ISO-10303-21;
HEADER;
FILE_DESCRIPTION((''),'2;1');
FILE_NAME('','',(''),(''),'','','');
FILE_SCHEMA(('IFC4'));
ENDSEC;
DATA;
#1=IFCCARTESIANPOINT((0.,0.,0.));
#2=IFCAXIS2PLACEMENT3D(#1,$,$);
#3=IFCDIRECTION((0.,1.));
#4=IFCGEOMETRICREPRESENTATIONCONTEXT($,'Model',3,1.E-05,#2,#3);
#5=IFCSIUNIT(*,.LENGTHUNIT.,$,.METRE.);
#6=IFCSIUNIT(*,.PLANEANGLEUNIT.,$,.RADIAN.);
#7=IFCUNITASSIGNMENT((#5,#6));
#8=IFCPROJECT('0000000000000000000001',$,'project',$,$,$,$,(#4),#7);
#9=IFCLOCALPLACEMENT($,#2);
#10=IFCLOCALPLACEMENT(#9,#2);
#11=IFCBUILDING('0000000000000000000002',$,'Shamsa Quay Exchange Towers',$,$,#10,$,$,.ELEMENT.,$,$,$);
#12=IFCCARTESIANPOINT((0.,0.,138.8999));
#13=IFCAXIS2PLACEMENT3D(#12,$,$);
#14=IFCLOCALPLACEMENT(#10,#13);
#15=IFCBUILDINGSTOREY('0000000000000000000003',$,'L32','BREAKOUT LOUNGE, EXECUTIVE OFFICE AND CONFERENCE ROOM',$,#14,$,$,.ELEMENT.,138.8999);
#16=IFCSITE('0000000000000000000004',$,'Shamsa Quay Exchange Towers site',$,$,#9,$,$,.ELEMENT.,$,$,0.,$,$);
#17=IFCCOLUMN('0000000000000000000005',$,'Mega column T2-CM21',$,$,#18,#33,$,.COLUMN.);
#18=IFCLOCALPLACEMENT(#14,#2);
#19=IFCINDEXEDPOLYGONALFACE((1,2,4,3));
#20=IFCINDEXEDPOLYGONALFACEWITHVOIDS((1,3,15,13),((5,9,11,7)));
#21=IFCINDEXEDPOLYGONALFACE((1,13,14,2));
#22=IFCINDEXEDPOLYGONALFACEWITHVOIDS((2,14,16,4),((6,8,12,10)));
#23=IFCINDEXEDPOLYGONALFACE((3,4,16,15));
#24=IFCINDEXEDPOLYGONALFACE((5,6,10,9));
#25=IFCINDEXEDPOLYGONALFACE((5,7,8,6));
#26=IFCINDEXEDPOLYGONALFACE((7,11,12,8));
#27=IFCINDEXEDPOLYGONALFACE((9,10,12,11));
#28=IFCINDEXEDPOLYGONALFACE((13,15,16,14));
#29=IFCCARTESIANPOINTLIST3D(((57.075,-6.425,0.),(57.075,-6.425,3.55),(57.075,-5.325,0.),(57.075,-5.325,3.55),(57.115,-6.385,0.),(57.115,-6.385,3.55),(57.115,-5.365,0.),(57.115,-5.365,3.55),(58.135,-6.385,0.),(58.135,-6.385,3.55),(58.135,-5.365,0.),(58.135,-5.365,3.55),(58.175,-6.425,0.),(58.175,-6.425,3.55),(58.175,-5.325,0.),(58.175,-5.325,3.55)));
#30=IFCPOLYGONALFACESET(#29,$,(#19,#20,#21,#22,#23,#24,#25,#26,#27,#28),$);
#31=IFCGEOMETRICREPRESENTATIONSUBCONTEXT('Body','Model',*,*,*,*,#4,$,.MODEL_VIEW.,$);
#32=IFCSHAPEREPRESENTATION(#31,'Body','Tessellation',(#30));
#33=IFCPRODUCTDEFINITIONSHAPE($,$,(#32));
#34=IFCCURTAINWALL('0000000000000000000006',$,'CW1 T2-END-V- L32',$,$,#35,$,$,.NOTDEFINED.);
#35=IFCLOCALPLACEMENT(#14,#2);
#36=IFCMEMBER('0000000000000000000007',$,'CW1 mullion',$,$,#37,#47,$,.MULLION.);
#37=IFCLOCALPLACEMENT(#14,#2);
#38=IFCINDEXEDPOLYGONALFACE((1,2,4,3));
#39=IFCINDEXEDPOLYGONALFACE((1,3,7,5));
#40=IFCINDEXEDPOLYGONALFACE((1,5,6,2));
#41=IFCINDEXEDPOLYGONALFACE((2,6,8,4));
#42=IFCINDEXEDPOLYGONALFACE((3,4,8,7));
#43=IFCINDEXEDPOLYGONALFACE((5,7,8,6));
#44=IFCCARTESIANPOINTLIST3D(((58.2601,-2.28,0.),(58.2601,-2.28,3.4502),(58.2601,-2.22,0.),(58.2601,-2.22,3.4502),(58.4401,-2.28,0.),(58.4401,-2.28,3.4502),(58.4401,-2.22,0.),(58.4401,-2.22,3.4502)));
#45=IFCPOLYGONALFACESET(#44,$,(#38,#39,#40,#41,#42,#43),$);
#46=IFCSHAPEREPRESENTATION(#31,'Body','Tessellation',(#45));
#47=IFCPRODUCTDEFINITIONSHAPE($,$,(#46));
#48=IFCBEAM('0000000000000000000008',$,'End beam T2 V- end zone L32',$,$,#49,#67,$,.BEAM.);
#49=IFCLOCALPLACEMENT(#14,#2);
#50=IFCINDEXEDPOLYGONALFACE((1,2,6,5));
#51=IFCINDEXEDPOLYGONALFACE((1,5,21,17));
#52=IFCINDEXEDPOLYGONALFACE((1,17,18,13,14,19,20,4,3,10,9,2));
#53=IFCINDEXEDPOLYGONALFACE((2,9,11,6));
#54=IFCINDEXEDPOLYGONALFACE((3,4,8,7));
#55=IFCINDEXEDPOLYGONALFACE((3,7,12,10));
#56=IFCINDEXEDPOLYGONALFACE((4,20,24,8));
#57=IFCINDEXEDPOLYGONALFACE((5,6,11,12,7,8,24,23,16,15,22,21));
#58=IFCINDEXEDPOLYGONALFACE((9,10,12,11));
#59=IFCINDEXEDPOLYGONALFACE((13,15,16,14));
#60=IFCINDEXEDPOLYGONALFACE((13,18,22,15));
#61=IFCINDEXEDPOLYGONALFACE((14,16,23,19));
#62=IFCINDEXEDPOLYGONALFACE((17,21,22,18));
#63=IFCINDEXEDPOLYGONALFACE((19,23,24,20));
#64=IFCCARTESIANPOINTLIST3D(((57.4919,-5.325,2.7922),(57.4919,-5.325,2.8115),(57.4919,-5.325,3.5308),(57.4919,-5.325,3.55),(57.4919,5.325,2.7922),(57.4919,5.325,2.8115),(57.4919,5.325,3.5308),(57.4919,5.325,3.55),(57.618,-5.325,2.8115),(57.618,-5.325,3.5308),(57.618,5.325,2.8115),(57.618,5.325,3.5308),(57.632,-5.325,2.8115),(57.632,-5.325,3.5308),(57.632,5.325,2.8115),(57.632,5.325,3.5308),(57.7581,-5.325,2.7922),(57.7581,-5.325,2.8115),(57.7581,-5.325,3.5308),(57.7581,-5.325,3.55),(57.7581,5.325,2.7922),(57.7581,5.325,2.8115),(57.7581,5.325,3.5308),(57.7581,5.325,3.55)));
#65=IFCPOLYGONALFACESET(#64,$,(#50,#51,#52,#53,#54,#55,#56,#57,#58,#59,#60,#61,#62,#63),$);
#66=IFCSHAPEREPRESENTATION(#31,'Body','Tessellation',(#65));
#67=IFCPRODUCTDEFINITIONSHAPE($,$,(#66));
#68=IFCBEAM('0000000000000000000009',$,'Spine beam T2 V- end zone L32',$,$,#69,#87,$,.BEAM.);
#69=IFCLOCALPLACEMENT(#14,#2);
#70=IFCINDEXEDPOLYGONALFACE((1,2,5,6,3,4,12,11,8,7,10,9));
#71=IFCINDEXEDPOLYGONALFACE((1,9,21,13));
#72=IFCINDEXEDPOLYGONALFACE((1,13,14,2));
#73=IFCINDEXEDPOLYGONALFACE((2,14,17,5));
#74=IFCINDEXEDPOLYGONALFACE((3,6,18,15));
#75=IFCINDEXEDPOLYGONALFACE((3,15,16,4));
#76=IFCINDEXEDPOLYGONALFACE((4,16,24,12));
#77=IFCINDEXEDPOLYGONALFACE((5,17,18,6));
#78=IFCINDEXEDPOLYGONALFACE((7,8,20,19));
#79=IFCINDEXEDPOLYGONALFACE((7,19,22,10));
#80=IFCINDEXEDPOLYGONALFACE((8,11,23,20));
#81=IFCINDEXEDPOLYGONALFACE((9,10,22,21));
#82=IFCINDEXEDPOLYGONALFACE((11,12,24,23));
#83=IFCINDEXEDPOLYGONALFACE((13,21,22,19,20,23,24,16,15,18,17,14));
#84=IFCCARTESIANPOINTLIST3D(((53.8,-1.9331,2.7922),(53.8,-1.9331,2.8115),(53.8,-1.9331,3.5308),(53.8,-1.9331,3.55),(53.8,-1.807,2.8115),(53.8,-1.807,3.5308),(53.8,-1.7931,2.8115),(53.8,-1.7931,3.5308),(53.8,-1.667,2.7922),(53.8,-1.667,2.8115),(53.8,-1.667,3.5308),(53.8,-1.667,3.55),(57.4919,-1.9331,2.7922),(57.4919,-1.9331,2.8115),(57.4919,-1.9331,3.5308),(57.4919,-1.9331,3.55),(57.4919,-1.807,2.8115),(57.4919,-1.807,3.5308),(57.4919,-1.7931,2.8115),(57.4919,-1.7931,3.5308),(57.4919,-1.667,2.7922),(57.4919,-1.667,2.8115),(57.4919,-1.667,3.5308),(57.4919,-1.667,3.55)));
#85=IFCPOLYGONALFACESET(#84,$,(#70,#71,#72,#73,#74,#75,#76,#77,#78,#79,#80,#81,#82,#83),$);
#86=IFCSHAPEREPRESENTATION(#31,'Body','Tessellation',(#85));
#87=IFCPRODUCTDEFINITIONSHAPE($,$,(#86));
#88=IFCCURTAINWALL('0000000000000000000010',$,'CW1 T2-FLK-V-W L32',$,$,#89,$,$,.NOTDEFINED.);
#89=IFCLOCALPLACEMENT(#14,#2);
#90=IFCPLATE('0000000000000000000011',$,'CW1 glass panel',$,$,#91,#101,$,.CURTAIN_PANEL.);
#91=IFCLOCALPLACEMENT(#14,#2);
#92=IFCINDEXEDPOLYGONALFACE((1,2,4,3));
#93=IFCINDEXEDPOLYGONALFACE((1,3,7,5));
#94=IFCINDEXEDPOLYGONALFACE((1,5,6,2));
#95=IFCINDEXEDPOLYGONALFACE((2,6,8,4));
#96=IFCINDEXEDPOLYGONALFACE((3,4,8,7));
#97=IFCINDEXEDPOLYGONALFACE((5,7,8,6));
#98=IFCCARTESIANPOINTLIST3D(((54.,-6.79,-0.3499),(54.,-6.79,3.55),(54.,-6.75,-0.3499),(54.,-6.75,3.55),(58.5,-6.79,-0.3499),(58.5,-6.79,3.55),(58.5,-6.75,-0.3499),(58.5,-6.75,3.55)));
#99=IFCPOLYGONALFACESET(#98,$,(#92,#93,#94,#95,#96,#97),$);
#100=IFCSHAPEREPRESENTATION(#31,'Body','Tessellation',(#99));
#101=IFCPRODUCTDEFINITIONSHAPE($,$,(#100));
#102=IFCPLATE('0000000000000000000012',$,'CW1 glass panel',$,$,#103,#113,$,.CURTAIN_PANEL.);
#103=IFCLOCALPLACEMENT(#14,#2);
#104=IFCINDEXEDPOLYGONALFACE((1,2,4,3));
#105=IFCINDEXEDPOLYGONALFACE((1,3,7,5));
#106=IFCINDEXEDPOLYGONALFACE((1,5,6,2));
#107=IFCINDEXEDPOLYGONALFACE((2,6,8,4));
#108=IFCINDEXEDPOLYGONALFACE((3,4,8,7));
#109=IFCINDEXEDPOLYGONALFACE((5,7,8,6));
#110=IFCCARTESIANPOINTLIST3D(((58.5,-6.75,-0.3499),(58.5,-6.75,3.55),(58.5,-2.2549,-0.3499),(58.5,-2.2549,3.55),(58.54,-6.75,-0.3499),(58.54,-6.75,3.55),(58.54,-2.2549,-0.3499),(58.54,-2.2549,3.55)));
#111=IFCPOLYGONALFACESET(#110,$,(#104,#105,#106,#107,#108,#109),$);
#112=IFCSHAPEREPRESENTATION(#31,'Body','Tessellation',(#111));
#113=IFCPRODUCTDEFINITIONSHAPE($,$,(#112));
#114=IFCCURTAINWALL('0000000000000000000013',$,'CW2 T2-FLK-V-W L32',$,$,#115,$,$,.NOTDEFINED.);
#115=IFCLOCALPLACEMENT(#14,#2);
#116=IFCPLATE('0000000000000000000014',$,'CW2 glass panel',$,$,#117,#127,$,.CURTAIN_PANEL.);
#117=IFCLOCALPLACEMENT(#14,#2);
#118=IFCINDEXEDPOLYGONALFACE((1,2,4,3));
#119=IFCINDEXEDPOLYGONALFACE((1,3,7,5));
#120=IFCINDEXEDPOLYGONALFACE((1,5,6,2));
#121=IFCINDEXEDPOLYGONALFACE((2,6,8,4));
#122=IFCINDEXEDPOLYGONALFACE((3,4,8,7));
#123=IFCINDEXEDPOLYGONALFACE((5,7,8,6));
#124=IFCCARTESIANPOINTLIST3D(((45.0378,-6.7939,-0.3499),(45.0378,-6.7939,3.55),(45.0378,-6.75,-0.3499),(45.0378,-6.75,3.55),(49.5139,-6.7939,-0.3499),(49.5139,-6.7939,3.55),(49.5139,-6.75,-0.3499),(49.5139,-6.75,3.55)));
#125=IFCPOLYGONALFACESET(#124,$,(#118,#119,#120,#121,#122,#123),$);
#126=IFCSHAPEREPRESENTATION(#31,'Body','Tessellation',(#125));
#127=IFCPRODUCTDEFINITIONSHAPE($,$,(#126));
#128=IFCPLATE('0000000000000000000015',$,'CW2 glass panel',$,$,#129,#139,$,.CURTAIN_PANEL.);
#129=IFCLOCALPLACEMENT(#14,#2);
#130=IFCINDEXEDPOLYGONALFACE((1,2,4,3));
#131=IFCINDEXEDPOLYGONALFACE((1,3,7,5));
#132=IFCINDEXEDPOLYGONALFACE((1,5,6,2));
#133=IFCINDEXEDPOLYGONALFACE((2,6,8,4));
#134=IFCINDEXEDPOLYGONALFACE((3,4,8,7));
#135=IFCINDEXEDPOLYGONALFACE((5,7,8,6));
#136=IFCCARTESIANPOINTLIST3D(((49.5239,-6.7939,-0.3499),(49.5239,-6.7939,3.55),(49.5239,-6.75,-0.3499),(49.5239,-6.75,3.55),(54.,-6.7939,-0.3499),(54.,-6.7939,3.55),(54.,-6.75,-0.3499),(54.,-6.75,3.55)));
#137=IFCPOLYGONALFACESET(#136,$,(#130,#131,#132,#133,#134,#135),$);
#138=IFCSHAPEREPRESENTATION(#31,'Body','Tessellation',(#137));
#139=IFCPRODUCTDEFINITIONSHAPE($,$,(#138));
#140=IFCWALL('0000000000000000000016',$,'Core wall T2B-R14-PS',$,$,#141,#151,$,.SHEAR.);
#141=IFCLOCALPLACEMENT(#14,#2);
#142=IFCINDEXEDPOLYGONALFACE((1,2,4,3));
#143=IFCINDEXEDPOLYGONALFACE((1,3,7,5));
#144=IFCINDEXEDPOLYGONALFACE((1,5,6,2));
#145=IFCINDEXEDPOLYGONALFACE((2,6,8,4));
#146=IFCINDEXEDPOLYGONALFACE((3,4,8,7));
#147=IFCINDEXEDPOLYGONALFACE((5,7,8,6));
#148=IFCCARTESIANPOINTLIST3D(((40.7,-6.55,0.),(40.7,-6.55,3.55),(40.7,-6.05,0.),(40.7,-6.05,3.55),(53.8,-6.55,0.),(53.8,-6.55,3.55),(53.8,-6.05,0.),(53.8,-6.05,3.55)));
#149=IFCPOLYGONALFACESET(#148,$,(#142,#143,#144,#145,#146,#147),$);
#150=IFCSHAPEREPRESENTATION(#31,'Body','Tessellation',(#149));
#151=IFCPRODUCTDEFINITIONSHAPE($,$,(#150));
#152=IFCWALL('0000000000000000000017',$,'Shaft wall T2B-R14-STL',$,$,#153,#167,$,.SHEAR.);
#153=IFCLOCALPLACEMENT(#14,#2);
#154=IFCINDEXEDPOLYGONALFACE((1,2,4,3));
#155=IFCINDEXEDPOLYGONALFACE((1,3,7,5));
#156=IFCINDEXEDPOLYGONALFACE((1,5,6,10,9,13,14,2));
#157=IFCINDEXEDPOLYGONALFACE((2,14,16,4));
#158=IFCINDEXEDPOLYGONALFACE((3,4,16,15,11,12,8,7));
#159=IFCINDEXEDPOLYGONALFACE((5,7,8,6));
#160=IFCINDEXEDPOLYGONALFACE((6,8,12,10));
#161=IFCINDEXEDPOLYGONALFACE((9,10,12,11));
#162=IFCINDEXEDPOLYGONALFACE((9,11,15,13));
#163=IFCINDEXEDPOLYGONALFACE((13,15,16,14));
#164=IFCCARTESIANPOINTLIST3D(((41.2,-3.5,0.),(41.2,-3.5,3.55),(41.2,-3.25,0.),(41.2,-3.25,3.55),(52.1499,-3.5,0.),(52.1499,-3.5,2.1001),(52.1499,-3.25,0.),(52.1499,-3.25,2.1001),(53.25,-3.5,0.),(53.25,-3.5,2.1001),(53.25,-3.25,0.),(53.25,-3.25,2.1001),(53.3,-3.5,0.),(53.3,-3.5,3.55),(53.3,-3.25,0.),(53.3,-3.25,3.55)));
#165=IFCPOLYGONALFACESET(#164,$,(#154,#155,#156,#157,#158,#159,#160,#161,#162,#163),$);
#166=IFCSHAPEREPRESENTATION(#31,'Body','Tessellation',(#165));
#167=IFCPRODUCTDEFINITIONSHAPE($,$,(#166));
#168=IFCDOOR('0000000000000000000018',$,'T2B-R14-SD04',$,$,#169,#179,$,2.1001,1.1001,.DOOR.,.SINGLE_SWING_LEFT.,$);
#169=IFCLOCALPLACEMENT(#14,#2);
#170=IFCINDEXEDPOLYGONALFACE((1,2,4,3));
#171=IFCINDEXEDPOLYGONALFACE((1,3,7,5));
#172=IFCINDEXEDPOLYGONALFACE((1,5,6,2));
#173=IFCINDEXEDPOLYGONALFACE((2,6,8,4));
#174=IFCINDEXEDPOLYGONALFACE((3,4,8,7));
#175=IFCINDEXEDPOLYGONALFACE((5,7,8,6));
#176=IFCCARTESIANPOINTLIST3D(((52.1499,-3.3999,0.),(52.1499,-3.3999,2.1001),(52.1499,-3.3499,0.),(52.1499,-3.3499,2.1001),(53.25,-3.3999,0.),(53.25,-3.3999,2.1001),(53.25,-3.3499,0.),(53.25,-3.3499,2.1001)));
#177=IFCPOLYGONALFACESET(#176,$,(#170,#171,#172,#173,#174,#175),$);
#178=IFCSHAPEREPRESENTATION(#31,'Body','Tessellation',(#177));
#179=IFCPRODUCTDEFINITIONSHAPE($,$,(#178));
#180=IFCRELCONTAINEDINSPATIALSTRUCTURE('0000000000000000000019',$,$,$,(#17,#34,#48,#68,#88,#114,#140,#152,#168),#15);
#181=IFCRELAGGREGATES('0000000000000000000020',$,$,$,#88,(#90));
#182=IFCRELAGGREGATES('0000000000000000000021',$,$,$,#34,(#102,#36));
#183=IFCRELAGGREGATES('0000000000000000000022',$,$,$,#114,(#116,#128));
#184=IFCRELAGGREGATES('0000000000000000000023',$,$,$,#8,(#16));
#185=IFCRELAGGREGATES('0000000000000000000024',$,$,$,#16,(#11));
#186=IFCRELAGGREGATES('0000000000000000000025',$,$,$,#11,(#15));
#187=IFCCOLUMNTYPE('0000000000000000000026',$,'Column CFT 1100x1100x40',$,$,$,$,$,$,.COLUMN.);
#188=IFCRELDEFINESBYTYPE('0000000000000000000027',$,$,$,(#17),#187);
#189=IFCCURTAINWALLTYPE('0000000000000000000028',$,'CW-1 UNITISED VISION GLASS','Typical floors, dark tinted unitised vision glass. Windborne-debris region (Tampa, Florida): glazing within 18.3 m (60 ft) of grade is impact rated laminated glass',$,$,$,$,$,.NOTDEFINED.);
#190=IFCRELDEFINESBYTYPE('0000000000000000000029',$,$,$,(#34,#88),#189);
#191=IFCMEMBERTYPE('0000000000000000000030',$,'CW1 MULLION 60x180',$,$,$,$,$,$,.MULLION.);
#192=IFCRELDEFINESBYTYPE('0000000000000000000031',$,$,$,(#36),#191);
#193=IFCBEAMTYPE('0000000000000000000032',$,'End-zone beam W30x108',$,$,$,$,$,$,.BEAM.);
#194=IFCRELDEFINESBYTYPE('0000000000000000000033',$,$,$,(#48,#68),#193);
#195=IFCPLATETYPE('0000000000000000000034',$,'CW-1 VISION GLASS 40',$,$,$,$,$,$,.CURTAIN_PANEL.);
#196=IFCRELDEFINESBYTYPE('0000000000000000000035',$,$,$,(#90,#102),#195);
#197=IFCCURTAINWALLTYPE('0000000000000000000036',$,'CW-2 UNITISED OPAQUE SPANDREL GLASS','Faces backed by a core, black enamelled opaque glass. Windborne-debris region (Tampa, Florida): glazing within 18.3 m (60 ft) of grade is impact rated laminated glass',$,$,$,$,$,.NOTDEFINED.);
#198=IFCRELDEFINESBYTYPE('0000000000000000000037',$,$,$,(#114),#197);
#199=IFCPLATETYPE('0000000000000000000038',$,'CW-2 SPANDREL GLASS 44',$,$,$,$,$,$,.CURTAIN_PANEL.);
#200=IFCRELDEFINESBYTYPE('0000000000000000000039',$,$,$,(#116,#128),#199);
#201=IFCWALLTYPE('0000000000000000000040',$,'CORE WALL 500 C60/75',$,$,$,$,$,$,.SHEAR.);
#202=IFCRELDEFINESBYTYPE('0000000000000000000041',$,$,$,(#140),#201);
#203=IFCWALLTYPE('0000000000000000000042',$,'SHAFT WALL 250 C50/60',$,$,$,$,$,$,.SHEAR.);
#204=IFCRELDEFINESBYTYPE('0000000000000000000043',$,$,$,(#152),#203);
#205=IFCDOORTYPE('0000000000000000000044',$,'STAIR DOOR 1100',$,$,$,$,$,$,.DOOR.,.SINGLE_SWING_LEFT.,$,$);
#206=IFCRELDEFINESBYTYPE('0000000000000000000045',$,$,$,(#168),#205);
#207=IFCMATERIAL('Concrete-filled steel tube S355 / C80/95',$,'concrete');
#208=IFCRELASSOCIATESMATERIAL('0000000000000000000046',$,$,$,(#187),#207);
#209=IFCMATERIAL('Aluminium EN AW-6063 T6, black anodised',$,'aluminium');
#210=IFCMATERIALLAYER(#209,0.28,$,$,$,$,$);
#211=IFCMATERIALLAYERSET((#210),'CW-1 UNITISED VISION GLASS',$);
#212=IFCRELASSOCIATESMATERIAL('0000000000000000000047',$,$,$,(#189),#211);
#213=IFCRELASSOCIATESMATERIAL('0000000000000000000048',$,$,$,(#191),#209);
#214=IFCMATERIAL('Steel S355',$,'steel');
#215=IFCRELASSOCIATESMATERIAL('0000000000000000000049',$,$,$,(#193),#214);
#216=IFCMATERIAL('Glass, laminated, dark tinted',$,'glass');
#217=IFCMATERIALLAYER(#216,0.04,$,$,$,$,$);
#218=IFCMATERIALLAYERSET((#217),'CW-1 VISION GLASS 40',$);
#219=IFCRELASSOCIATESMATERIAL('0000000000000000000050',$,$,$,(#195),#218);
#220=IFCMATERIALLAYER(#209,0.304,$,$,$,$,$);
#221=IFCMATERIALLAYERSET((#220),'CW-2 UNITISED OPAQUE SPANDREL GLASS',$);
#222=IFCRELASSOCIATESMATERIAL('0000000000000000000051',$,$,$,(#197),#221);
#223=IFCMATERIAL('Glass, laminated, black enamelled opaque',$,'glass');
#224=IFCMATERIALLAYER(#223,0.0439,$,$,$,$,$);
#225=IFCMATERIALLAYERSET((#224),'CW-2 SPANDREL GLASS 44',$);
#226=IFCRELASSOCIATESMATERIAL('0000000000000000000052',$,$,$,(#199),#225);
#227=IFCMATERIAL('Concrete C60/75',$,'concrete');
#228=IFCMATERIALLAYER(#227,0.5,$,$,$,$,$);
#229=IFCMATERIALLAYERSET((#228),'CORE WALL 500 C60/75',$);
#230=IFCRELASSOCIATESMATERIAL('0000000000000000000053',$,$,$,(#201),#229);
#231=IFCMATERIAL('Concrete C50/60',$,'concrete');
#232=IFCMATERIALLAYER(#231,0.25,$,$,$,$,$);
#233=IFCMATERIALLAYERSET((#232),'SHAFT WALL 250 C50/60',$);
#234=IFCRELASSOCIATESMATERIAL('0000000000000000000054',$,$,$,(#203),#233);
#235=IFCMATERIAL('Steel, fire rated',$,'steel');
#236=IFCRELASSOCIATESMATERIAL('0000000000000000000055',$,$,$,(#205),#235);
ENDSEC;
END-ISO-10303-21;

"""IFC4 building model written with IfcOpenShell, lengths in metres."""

from ifc_helpers import new_model, si_unit, direction, frame, frame_2d, origin, origin_2d, place, context, subcontext, project, spatial, rectangle, hollow_rectangle, i_section, extrude, material, layer, layer_set, material_profile, profile_set, type_object, element, fill, aggregate, save


model = new_model("IFC4")

# Units and contexts
model_context = context("Model", 3, precision=1e-05, world=origin(), true_north=direction((0.0, 1.0)))
body_context = subcontext(model_context, "Body", "Model", "MODEL_VIEW")
ifc_project = project(units=[si_unit("LENGTHUNIT", "METRE"), si_unit("PLANEANGLEUNIT", "RADIAN")], contexts=[model_context])

# Site, building, storey
site_placement = place(None, origin())
site = spatial("IfcSite", under=ifc_project, at=site_placement, Name="Shamsa Quay Exchange Towers site", CompositionType="ELEMENT", RefElevation=0.0)
building_placement = place(site_placement, origin())
building = spatial("IfcBuilding", under=site, at=building_placement, Name="Shamsa Quay Exchange Towers", CompositionType="ELEMENT")
storey_placement = place(building_placement, frame((0.0, 0.0, 138.8999)))
storey = spatial("IfcBuildingStorey", under=building, at=storey_placement, Name="L32", Description="BREAKOUT LOUNGE, EXECUTIVE OFFICE AND CONFERENCE ROOM", CompositionType="ELEMENT", Elevation=138.8999)

# Column
ifc_material_1 = material(Name="Concrete-filled steel tube S355 / C80/95", Category="concrete")
ifc_material_profile_1 = material_profile(ifc_material_1, hollow_rectangle(XDim=1.1001, YDim=1.1001, WallThickness=0.04, at=origin_2d()), Name="CFT 1100x1100x40")
ifc_profile_set_1 = profile_set([ifc_material_profile_1], Name="Concrete-filled steel tube S355 / C80/95")
column_type = type_object("IfcColumnType", Name="Column CFT 1100x1100x40", PredefinedType="COLUMN", material=ifc_profile_set_1)
column_placement = place(storey_placement, frame((57.625, -5.875, 0.0)))
element("IfcColumn", 1, at=column_placement, inside=storey, type_object=column_type, Name="Mega column T2-CM21", PredefinedType="COLUMN", context=body_context, shape_type="SweptSolid", body=[
    extrude(hollow_rectangle(XDim=1.1001, YDim=1.1001, WallThickness=0.04, at=origin_2d()), origin(), (0.0, 0.0, 1.0), 3.55),
])

# Curtain wall, member
ifc_material_2 = material(Name="Aluminium EN AW-6063 T6, black anodised", Category="aluminium")
ifc_layer_1 = layer(ifc_material_2, 0.28)
ifc_layer_set_1 = layer_set([ifc_layer_1], Name="CW-1 UNITISED VISION GLASS")
curtain_wall_type_1 = type_object("IfcCurtainWallType", Name="CW-1 UNITISED VISION GLASS", Description="Typical floors, dark tinted unitised vision glass. Windborne-debris region (Tampa, Florida): glazing within 18.3 m (60 ft) of grade is impact rated laminated glass", PredefinedType="NOTDEFINED", material=ifc_layer_set_1)
curtain_wall_1_placement = place(storey_placement, origin())
curtain_wall_1 = element("IfcCurtainWall", 2, at=curtain_wall_1_placement, inside=storey, type_object=curtain_wall_type_1, Name="CW1 T2-END-V- L32", PredefinedType="NOTDEFINED")
ifc_material_profile_2 = material_profile(ifc_material_2, rectangle(XDim=0.1799, YDim=0.0601, at=origin_2d()), Name="MU60x180")
ifc_profile_set_2 = profile_set([ifc_material_profile_2], Name="Aluminium EN AW-6063 T6, black anodised")
member_type = type_object("IfcMemberType", Name="CW1 MULLION 60x180", PredefinedType="MULLION", material=ifc_profile_set_2)
member_placement = place(storey_placement, frame((58.3501, -2.25, 0.0), z_axis=(0.0, 0.0, 1.0), x_axis=(-1.0, 0.0, 0.0)))
member = element("IfcMember", 3, at=member_placement, type_object=member_type, Name="CW1 mullion", PredefinedType="MULLION", context=body_context, shape_type="SweptSolid", body=[
    extrude(rectangle(XDim=0.1799, YDim=0.0601, at=origin_2d()), origin(), (0.0, 0.0, 1.0), 3.4502),
])

# Beams
ifc_material_3 = material(Name="Steel S355", Category="steel")
ifc_material_profile_3 = material_profile(ifc_material_3, i_section(OverallWidth=0.2661, OverallDepth=0.7578, WebThickness=0.0139, FlangeThickness=0.0193, at=origin_2d()), Name="W30x108")
ifc_profile_set_3 = profile_set([ifc_material_profile_3], Name="Steel S355")
beam_type = type_object("IfcBeamType", Name="End-zone beam W30x108", PredefinedType="BEAM", material=ifc_profile_set_3)
beam_1_placement = place(storey_placement, frame((57.625, -5.325, 3.1711), z_axis=(0.0, 1.0, 0.0), x_axis=(-1.0, 0.0, 0.0)))
element("IfcBeam", 4, at=beam_1_placement, inside=storey, type_object=beam_type, Name="End beam T2 V- end zone L32", PredefinedType="BEAM", context=body_context, shape_type="SweptSolid", body=[
    extrude(i_section(OverallWidth=0.2661, OverallDepth=0.7578, WebThickness=0.0139, FlangeThickness=0.0193, at=origin_2d()), origin(), (0.0, 0.0, 1.0), 10.6499),
])
beam_2_placement = place(storey_placement, frame((53.8, -1.8, 3.1711), z_axis=(1.0, 0.0, 0.0), x_axis=(0.0, 1.0, 0.0)))
element("IfcBeam", 5, at=beam_2_placement, inside=storey, type_object=beam_type, Name="Spine beam T2 V- end zone L32", PredefinedType="BEAM", context=body_context, shape_type="SweptSolid", body=[
    extrude(i_section(OverallWidth=0.2661, OverallDepth=0.7578, WebThickness=0.0139, FlangeThickness=0.0193, at=origin_2d()), origin(), (0.0, 0.0, 1.0), 3.6919),
])

# Curtain wall, plate
curtain_wall_2_placement = place(storey_placement, origin())
curtain_wall_2 = element("IfcCurtainWall", 6, at=curtain_wall_2_placement, inside=storey, type_object=curtain_wall_type_1, Name="CW1 T2-FLK-V-W L32", PredefinedType="NOTDEFINED")
ifc_material_4 = material(Name="Glass, laminated, dark tinted", Category="glass")
ifc_layer_2 = layer(ifc_material_4, 0.04)
ifc_layer_set_2 = layer_set([ifc_layer_2], Name="CW-1 VISION GLASS 40")
plate_type_1 = type_object("IfcPlateType", Name="CW-1 VISION GLASS 40", PredefinedType="CURTAIN_PANEL", material=ifc_layer_set_2)
plate_1_placement = place(storey_placement, frame((56.25, -6.77, -0.3499)))
plate_1 = element("IfcPlate", 7, at=plate_1_placement, type_object=plate_type_1, Name="CW1 glass panel", PredefinedType="CURTAIN_PANEL", context=body_context, shape_type="SweptSolid", body=[
    extrude(rectangle(XDim=4.5, YDim=0.04, at=origin_2d()), origin(), (0.0, 0.0, 1.0), 3.8999),
])
aggregate(curtain_wall_2, [plate_1])

# Plate
plate_2_placement = place(storey_placement, frame((58.52, -4.5024, -0.3499), z_axis=(0.0, 0.0, 1.0), x_axis=(0.0, 1.0, 0.0)))
plate_2 = element("IfcPlate", 8, at=plate_2_placement, type_object=plate_type_1, Name="CW1 glass panel", PredefinedType="CURTAIN_PANEL", context=body_context, shape_type="SweptSolid", body=[
    extrude(rectangle(XDim=4.4951, YDim=0.04, at=origin_2d()), origin(), (0.0, 0.0, 1.0), 3.8999),
])
aggregate(curtain_wall_1, [plate_2, member])

# Curtain wall, plates
ifc_layer_3 = layer(ifc_material_2, 0.304)
ifc_layer_set_3 = layer_set([ifc_layer_3], Name="CW-2 UNITISED OPAQUE SPANDREL GLASS")
curtain_wall_type_2 = type_object("IfcCurtainWallType", Name="CW-2 UNITISED OPAQUE SPANDREL GLASS", Description="Faces backed by a core, black enamelled opaque glass. Windborne-debris region (Tampa, Florida): glazing within 18.3 m (60 ft) of grade is impact rated laminated glass", PredefinedType="NOTDEFINED", material=ifc_layer_set_3)
curtain_wall_3_placement = place(storey_placement, origin())
curtain_wall_3 = element("IfcCurtainWall", 9, at=curtain_wall_3_placement, inside=storey, type_object=curtain_wall_type_2, Name="CW2 T2-FLK-V-W L32", PredefinedType="NOTDEFINED")
ifc_material_5 = material(Name="Glass, laminated, black enamelled opaque", Category="glass")
ifc_layer_4 = layer(ifc_material_5, 0.0439)
ifc_layer_set_4 = layer_set([ifc_layer_4], Name="CW-2 SPANDREL GLASS 44")
plate_type_2 = type_object("IfcPlateType", Name="CW-2 SPANDREL GLASS 44", PredefinedType="CURTAIN_PANEL", material=ifc_layer_set_4)
plate_3_placement = place(storey_placement, frame((47.2759, -6.772, -0.3499)))
plate_3 = element("IfcPlate", 10, at=plate_3_placement, type_object=plate_type_2, Name="CW2 glass panel", PredefinedType="CURTAIN_PANEL", context=body_context, shape_type="SweptSolid", body=[
    extrude(rectangle(XDim=4.4761, YDim=0.0439, at=origin_2d()), origin(), (0.0, 0.0, 1.0), 3.8999),
])
plate_4_placement = place(storey_placement, frame((51.762, -6.772, -0.3499)))
plate_4 = element("IfcPlate", 11, at=plate_4_placement, type_object=plate_type_2, Name="CW2 glass panel", PredefinedType="CURTAIN_PANEL", context=body_context, shape_type="SweptSolid", body=[
    extrude(rectangle(XDim=4.4761, YDim=0.0439, at=origin_2d()), origin(), (0.0, 0.0, 1.0), 3.8999),
])
aggregate(curtain_wall_3, [plate_3, plate_4])

# Wall
ifc_material_6 = material(Name="Concrete C60/75", Category="concrete")
ifc_layer_5 = layer(ifc_material_6, 0.5)
ifc_layer_set_5 = layer_set([ifc_layer_5], Name="CORE WALL 500 C60/75")
wall_type_1 = type_object("IfcWallType", Name="CORE WALL 500 C60/75", PredefinedType="SHEAR", material=ifc_layer_set_5)
wall_1_placement = place(storey_placement, frame((53.8, -6.3, 0.0), z_axis=(0.0, 0.0, 1.0), x_axis=(-1.0, 0.0, 0.0)))
element("IfcWall", 12, at=wall_1_placement, inside=storey, type_object=wall_type_1, Name="Core wall T2B-R14-PS", PredefinedType="SHEAR", context=body_context, shape_type="SweptSolid", body=[
    extrude(rectangle(XDim=13.1001, YDim=0.5, at=frame_2d((6.55, 0.0))), origin(), (0.0, 0.0, 1.0), 3.55),
])

# Wall, opening, door
ifc_material_7 = material(Name="Steel, fire rated", Category="steel")
ifc_material_8 = material(Name="Concrete C50/60", Category="concrete")
ifc_layer_6 = layer(ifc_material_8, 0.25)
ifc_layer_set_6 = layer_set([ifc_layer_6], Name="SHAFT WALL 250 C50/60")
wall_type_2 = type_object("IfcWallType", Name="SHAFT WALL 250 C50/60", PredefinedType="SHEAR", material=ifc_layer_set_6)
wall_2_placement = place(storey_placement, frame((53.3, -3.375, 0.0), z_axis=(0.0, 0.0, 1.0), x_axis=(-1.0, 0.0, 0.0)))
wall_2 = element("IfcWall", 13, at=wall_2_placement, inside=storey, type_object=wall_type_2, Name="Shaft wall T2B-R14-STL", PredefinedType="SHEAR", context=body_context, shape_type="SweptSolid", body=[
    extrude(rectangle(XDim=12.1001, YDim=0.25, at=frame_2d((6.05, 0.0))), origin(), (0.0, 0.0, 1.0), 3.55),
])
opening_1_placement = place(wall_2_placement, frame((0.05, 0.0, 0.0)))
opening_1 = element("IfcOpeningElement", 14, at=opening_1_placement, cuts=wall_2, PredefinedType="OPENING", context=body_context, shape_type="SweptSolid", body=[
    extrude(rectangle(XDim=1.1001, YDim=2.1001, at=frame_2d((0.55, 1.05))), frame((0.0, 0.135, 0.0), z_axis=(0.0, -1.0, 0.0), x_axis=(1.0, 0.0, 0.0)), (0.0, 0.0, 1.0), 0.27),
])
door_type_1 = type_object("IfcDoorType", Name="STAIR DOOR 1100", OperationType="SINGLE_SWING_LEFT", PredefinedType="DOOR", material=ifc_material_7)
door_1_placement = place(opening_1_placement, origin())
door_1 = element("IfcDoor", 15, at=door_1_placement, inside=storey, type_object=door_type_1, Name="T2B-R14-SD04", OperationType="SINGLE_SWING_LEFT", OverallHeight=2.1001, OverallWidth=1.1001, PredefinedType="DOOR", context=body_context, shape_type="SweptSolid", body=[
    extrude(rectangle(XDim=1.1001, YDim=2.1001, at=frame_2d((0.55, 1.05))), frame((0.0, 0.0249, 0.0), z_axis=(0.0, -1.0, 0.0), x_axis=(1.0, 0.0, 0.0)), (0.0, 0.0, 1.0), 0.05),
])
fill(opening_1, door_1)

save(model, "model.ifc")
